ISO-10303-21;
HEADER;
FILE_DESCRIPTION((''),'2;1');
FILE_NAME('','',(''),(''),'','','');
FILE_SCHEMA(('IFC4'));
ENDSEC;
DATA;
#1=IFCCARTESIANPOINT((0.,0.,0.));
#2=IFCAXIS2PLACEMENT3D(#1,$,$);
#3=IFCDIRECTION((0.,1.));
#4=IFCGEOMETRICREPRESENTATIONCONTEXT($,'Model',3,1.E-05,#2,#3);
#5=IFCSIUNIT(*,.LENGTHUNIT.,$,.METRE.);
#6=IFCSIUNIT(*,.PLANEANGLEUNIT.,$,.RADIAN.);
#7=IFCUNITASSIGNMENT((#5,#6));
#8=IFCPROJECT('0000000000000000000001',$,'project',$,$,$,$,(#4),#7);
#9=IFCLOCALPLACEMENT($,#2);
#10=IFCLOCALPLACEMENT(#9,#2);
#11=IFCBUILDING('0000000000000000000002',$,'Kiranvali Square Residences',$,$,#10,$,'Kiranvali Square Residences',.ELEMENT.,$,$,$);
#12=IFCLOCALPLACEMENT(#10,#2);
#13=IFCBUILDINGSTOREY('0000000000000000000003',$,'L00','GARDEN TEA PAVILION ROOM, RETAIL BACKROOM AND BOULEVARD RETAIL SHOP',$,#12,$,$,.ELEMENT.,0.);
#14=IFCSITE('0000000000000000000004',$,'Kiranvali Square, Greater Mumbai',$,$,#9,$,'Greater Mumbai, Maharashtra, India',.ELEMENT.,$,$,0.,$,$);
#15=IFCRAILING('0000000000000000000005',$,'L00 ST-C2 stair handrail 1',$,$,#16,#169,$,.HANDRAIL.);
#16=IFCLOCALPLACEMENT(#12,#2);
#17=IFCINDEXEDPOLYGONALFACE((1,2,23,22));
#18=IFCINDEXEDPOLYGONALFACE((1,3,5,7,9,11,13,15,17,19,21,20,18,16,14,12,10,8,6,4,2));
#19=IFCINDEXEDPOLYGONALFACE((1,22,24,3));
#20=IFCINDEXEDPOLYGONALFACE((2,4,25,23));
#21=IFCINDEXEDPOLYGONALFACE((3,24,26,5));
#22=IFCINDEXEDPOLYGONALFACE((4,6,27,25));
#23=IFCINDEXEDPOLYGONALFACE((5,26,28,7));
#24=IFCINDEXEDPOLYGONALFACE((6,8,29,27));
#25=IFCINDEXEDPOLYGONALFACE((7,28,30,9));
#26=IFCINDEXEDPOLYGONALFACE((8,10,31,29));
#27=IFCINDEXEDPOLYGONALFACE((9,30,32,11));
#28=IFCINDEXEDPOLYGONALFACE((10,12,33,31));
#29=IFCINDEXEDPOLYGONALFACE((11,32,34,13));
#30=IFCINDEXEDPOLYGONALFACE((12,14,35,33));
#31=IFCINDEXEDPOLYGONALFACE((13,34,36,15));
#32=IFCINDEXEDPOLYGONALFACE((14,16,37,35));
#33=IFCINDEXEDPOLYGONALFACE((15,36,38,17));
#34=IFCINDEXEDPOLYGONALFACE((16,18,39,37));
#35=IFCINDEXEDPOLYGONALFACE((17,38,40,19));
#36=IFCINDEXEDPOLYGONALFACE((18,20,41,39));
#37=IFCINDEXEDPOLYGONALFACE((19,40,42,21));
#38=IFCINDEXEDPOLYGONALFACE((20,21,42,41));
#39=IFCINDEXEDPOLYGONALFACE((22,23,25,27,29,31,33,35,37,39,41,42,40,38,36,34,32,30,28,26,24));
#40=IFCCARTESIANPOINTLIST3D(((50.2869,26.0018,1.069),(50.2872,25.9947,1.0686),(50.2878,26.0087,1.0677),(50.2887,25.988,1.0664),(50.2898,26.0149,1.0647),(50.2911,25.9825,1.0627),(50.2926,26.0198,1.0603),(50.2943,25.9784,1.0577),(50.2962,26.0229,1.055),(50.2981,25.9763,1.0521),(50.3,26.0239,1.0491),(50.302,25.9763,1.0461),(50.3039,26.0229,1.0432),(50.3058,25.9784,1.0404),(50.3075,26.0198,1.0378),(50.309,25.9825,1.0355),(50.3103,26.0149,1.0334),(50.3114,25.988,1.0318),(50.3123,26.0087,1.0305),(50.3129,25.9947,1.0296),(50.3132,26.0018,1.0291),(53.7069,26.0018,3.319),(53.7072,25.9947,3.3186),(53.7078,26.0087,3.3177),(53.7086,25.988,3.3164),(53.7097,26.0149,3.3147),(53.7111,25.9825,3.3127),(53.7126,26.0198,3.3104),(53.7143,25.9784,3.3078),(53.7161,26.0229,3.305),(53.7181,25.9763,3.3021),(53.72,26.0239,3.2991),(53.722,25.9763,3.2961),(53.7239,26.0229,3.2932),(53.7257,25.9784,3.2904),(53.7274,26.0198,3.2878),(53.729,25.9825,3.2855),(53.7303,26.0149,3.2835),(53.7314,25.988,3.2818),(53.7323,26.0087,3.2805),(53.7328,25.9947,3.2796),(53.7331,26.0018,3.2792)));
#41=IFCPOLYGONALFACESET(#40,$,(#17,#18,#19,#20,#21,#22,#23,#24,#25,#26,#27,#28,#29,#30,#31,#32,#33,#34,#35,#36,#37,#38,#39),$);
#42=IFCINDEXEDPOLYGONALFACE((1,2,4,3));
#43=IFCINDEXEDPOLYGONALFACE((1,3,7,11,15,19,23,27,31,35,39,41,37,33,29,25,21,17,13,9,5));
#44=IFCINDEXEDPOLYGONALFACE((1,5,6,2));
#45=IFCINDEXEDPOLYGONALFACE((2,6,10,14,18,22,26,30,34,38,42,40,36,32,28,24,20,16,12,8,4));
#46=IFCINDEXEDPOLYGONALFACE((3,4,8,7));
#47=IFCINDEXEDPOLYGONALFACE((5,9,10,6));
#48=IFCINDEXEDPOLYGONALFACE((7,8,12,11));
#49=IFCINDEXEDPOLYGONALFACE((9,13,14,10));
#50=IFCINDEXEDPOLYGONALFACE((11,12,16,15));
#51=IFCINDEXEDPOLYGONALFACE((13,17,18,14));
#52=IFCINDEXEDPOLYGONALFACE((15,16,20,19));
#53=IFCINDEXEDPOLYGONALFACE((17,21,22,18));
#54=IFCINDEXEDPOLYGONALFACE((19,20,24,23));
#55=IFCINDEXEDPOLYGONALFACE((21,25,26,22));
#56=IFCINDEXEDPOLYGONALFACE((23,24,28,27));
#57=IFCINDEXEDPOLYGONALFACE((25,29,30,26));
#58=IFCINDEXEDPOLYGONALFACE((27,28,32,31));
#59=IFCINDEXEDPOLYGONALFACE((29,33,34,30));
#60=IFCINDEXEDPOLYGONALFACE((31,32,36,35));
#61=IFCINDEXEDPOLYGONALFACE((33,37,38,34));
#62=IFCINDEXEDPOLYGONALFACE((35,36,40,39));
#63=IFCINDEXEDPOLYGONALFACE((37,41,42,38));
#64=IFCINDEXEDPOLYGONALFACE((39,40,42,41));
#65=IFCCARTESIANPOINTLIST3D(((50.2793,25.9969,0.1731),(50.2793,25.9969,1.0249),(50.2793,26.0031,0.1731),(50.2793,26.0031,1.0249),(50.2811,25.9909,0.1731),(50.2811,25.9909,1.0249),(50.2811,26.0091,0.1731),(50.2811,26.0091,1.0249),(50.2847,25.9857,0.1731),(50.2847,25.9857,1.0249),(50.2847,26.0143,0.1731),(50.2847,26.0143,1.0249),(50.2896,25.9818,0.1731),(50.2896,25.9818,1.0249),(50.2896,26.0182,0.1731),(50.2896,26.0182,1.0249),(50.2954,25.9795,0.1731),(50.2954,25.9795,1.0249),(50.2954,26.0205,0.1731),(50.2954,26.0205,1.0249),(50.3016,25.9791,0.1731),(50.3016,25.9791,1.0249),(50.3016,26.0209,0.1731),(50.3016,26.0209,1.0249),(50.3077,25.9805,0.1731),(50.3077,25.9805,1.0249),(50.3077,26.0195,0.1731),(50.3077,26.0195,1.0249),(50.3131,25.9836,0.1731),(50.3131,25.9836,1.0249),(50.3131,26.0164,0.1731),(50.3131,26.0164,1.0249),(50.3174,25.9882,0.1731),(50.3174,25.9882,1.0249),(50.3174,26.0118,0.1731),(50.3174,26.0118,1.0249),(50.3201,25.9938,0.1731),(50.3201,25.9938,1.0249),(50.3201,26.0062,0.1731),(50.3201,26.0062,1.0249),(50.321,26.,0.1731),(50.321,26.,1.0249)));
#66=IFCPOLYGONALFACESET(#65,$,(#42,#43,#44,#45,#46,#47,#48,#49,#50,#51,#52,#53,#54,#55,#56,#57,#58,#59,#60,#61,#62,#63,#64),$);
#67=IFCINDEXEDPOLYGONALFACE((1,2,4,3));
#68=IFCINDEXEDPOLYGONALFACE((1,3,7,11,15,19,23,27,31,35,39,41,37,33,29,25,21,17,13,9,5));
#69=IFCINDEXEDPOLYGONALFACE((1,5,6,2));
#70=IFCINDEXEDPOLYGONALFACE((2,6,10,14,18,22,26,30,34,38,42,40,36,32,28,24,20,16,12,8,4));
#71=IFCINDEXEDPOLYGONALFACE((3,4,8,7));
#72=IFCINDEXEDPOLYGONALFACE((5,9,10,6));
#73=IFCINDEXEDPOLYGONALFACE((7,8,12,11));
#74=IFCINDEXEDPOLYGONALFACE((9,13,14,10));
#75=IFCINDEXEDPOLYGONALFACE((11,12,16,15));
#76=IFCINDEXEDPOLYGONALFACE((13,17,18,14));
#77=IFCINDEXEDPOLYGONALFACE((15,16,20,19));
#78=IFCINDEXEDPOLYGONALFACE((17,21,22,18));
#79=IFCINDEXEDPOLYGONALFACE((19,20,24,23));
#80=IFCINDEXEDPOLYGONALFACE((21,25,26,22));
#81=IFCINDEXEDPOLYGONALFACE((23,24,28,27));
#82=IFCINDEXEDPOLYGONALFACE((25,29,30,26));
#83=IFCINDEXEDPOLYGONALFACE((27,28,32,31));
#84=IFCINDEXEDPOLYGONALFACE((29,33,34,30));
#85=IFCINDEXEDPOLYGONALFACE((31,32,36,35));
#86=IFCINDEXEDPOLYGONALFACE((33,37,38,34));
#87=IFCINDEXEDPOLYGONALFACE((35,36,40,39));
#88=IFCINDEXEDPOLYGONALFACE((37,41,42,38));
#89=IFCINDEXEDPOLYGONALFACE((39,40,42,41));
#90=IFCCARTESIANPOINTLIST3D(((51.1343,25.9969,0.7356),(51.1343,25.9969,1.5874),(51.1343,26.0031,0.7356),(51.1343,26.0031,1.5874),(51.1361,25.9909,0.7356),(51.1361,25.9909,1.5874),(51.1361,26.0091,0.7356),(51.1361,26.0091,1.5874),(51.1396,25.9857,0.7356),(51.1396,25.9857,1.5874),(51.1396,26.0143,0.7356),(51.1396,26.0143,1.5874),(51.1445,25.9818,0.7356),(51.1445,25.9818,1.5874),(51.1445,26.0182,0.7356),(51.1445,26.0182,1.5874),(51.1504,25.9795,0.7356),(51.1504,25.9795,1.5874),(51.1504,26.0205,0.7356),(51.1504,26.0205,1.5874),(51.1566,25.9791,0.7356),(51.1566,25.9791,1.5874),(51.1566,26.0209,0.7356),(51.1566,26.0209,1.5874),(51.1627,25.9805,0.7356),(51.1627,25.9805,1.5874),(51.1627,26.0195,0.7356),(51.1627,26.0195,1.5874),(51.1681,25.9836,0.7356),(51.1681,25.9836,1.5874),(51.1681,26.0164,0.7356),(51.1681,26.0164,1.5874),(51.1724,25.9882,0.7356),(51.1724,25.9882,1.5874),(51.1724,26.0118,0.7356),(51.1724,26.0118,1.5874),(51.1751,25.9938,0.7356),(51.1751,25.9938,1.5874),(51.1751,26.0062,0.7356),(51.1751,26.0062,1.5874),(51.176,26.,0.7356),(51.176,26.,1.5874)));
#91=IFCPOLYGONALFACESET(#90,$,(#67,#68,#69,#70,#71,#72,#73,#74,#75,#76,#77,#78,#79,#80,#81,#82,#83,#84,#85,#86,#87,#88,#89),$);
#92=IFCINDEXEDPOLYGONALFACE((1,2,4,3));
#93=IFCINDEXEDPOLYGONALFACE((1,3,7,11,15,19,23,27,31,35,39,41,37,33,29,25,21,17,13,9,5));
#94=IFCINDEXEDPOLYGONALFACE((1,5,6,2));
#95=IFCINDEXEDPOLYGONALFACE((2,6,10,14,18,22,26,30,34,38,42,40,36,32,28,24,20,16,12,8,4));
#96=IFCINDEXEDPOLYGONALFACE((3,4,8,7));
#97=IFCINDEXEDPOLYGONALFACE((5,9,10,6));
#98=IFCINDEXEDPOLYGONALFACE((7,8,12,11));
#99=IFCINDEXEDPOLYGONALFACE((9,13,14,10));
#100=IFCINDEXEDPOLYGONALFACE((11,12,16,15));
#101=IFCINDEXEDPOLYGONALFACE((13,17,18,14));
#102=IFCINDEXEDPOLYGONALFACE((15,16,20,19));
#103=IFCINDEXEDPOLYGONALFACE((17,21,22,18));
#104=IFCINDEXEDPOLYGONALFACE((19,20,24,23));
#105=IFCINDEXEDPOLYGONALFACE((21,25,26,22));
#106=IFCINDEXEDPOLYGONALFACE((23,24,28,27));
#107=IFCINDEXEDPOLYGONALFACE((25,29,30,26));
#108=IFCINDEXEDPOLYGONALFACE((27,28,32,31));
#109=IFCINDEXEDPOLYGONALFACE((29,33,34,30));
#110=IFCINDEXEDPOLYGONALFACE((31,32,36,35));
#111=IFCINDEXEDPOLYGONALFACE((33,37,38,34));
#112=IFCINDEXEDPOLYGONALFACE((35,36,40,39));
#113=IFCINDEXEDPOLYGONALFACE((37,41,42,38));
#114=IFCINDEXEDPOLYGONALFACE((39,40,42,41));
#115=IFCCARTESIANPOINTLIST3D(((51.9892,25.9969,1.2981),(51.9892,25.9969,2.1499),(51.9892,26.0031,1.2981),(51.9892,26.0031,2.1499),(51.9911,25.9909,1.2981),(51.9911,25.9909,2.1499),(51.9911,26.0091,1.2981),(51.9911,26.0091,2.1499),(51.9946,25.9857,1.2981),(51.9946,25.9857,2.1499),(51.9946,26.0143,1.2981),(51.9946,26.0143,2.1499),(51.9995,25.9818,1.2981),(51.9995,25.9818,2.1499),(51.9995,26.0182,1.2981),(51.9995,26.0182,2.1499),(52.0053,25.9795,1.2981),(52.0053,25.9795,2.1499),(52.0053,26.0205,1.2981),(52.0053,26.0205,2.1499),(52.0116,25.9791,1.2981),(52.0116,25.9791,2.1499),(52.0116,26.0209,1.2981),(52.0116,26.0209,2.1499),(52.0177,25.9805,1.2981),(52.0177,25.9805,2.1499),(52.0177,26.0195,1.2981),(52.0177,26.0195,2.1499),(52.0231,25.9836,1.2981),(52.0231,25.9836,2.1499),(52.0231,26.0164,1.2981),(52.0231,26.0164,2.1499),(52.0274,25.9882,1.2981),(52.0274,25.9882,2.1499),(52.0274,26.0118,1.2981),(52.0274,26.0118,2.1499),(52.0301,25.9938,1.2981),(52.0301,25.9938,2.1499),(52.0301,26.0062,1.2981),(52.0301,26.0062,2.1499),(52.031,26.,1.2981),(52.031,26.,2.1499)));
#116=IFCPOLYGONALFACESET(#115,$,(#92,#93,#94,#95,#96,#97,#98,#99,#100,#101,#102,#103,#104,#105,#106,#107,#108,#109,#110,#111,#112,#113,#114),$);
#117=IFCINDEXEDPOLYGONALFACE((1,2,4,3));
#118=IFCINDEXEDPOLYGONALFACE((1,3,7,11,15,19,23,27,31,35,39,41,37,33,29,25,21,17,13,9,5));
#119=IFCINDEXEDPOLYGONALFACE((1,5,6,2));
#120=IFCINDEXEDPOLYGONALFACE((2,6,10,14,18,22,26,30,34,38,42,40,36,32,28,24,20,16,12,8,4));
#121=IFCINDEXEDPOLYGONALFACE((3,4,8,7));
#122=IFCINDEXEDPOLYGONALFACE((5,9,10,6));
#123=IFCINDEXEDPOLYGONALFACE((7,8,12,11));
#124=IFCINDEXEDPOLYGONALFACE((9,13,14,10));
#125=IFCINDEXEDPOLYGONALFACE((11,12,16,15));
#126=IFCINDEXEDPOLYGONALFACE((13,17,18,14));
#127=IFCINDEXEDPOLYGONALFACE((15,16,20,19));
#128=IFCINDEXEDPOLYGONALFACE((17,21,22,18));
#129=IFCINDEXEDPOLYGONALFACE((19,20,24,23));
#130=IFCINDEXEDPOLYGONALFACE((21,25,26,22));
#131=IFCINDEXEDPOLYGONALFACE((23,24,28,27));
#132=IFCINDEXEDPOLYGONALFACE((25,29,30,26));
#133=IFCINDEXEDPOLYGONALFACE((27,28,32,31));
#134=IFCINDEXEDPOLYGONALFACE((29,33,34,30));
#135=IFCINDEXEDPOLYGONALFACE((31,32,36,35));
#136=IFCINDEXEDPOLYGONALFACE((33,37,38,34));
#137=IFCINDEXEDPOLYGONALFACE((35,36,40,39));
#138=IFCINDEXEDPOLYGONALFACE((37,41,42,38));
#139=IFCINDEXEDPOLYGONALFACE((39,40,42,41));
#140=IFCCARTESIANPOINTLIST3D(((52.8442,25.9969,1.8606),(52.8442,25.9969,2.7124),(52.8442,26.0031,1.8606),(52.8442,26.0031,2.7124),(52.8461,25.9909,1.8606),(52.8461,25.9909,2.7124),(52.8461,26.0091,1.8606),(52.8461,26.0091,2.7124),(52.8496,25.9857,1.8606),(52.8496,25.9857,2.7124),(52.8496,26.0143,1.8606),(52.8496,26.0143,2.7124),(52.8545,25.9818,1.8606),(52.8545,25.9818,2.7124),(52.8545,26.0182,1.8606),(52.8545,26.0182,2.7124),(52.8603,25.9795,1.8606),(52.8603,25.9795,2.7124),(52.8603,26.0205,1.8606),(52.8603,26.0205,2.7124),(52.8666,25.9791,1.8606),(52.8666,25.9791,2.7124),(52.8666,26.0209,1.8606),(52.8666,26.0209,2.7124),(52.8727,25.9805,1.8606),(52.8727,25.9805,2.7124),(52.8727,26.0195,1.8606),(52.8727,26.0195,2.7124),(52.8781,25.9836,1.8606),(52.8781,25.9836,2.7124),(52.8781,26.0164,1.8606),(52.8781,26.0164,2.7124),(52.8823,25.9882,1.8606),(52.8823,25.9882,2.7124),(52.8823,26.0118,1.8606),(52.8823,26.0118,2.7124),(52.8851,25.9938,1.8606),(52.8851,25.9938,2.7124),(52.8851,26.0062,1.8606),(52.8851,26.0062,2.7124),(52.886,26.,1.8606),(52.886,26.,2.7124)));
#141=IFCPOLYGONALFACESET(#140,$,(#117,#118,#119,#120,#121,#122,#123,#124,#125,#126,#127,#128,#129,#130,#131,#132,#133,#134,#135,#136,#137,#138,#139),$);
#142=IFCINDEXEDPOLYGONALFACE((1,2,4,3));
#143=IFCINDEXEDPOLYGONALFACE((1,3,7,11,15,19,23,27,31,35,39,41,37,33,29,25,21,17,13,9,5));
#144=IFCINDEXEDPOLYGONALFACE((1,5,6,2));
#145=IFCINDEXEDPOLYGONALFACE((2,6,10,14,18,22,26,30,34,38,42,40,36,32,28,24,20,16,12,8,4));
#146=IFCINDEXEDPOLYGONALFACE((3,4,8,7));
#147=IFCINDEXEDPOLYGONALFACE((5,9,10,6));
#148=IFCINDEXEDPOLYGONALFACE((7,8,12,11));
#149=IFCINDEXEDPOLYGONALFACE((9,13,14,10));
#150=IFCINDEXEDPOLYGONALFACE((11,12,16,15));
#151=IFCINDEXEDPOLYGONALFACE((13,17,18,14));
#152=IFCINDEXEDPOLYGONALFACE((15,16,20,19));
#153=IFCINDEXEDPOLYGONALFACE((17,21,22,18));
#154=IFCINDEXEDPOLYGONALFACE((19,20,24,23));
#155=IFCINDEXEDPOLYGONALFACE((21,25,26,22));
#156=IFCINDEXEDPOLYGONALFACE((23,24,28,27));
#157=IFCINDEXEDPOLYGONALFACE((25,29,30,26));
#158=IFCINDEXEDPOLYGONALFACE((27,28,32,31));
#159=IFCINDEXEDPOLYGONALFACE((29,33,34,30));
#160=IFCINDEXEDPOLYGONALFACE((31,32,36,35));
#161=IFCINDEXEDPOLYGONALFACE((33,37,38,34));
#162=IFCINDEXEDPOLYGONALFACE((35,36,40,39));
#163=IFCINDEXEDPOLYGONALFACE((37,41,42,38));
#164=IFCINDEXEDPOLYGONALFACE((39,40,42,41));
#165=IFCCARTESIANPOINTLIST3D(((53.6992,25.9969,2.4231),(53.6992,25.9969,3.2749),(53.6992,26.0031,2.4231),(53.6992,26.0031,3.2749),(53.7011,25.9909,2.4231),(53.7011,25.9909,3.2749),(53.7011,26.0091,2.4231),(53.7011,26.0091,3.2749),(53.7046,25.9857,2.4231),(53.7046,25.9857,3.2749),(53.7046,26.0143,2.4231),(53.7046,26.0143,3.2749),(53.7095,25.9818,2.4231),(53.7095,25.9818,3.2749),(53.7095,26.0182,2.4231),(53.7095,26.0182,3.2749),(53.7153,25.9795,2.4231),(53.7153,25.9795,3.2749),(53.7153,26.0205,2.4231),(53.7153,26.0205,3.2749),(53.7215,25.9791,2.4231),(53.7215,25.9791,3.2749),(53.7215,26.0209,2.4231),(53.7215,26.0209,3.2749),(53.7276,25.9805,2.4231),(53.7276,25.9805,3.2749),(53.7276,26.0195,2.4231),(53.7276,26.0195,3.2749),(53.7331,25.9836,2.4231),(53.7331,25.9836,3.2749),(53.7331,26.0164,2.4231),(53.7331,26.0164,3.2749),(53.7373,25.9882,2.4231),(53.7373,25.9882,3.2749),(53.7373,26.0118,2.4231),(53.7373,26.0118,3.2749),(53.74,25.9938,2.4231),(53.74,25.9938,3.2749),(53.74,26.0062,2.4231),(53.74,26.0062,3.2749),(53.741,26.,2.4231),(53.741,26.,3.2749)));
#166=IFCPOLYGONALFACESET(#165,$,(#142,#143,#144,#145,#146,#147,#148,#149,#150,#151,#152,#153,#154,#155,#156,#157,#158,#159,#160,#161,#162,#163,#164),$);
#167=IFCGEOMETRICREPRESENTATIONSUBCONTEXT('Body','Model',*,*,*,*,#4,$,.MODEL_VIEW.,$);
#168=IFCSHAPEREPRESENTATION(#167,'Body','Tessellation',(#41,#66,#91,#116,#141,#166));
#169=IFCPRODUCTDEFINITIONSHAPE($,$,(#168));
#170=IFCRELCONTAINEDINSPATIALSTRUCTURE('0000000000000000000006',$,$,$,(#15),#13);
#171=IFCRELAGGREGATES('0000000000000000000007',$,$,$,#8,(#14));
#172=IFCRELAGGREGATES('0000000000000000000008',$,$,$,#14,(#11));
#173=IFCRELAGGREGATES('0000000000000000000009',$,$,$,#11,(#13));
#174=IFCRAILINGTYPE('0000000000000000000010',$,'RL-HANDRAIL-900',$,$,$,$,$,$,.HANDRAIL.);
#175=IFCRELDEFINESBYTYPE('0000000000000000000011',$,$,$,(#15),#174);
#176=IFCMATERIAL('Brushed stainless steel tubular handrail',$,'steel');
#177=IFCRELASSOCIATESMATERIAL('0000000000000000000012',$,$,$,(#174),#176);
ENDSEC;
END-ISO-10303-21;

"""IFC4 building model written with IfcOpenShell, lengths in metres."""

from ifc_helpers import new_model, si_unit, direction, frame, origin, origin_2d, place, context, subcontext, project, spatial, circle, extrude, material, type_object, element, save


model = new_model("IFC4")

# Units and contexts
model_context = context("Model", 3, precision=1e-05, world=origin(), true_north=direction((0.0, 1.0)))
body_context = subcontext(model_context, "Body", "Model", "MODEL_VIEW")
ifc_project = project(units=[si_unit("LENGTHUNIT", "METRE"), si_unit("PLANEANGLEUNIT", "RADIAN")], contexts=[model_context])

# Site, building, storey
site_placement = place(None, origin())
site = spatial("IfcSite", under=ifc_project, at=site_placement, Name="Kiranvali Square, Greater Mumbai", LongName="Greater Mumbai, Maharashtra, India", CompositionType="ELEMENT", RefElevation=0.0)
building_placement = place(site_placement, origin())
building = spatial("IfcBuilding", under=site, at=building_placement, Name="Kiranvali Square Residences", LongName="Kiranvali Square Residences", CompositionType="ELEMENT")
storey_placement = place(building_placement, origin())
storey = spatial("IfcBuildingStorey", under=building, at=storey_placement, Name="L00", Description="GARDEN TEA PAVILION ROOM, RETAIL BACKROOM AND BOULEVARD RETAIL SHOP", CompositionType="ELEMENT", Elevation=0.0)

# Railing
ifc_material_1 = material(Name="Brushed stainless steel tubular handrail", Category="steel")
railing_type_1 = type_object("IfcRailingType", Name="RL-HANDRAIL-900", PredefinedType="HANDRAIL", material=ifc_material_1)
railing_1_placement = place(storey_placement, frame((50.3, 26.0, 0.1731)))
element("IfcRailing", 1, at=railing_1_placement, inside=storey, type_object=railing_type_1, Name="L00 ST-C2 stair handrail 1", PredefinedType="HANDRAIL", context=body_context, shape_type="SweptSolid", body=[
    extrude(circle(Radius=0.0239, at=origin_2d()), frame((0.0, 0.0, 0.876), z_axis=(0.835411, 0.0, 0.549625), x_axis=(0.0, 1.0, 0.0)), (0.0, 0.0, 1.0), 4.0938),
    extrude(circle(Radius=0.021, at=origin_2d()), origin(), (0.0, 0.0, 1.0), 0.8518),
    extrude(circle(Radius=0.021, at=origin_2d()), frame((0.855, 0.0, 0.5625)), (0.0, 0.0, 1.0), 0.8518),
    extrude(circle(Radius=0.021, at=origin_2d()), frame((1.71, 0.0, 1.125)), (0.0, 0.0, 1.0), 0.8518),
    extrude(circle(Radius=0.021, at=origin_2d()), frame((2.5649, 0.0, 1.6875)), (0.0, 0.0, 1.0), 0.8518),
    extrude(circle(Radius=0.021, at=origin_2d()), frame((3.4199, 0.0, 2.25)), (0.0, 0.0, 1.0), 0.8518),
])

save(model, "model.ifc")
